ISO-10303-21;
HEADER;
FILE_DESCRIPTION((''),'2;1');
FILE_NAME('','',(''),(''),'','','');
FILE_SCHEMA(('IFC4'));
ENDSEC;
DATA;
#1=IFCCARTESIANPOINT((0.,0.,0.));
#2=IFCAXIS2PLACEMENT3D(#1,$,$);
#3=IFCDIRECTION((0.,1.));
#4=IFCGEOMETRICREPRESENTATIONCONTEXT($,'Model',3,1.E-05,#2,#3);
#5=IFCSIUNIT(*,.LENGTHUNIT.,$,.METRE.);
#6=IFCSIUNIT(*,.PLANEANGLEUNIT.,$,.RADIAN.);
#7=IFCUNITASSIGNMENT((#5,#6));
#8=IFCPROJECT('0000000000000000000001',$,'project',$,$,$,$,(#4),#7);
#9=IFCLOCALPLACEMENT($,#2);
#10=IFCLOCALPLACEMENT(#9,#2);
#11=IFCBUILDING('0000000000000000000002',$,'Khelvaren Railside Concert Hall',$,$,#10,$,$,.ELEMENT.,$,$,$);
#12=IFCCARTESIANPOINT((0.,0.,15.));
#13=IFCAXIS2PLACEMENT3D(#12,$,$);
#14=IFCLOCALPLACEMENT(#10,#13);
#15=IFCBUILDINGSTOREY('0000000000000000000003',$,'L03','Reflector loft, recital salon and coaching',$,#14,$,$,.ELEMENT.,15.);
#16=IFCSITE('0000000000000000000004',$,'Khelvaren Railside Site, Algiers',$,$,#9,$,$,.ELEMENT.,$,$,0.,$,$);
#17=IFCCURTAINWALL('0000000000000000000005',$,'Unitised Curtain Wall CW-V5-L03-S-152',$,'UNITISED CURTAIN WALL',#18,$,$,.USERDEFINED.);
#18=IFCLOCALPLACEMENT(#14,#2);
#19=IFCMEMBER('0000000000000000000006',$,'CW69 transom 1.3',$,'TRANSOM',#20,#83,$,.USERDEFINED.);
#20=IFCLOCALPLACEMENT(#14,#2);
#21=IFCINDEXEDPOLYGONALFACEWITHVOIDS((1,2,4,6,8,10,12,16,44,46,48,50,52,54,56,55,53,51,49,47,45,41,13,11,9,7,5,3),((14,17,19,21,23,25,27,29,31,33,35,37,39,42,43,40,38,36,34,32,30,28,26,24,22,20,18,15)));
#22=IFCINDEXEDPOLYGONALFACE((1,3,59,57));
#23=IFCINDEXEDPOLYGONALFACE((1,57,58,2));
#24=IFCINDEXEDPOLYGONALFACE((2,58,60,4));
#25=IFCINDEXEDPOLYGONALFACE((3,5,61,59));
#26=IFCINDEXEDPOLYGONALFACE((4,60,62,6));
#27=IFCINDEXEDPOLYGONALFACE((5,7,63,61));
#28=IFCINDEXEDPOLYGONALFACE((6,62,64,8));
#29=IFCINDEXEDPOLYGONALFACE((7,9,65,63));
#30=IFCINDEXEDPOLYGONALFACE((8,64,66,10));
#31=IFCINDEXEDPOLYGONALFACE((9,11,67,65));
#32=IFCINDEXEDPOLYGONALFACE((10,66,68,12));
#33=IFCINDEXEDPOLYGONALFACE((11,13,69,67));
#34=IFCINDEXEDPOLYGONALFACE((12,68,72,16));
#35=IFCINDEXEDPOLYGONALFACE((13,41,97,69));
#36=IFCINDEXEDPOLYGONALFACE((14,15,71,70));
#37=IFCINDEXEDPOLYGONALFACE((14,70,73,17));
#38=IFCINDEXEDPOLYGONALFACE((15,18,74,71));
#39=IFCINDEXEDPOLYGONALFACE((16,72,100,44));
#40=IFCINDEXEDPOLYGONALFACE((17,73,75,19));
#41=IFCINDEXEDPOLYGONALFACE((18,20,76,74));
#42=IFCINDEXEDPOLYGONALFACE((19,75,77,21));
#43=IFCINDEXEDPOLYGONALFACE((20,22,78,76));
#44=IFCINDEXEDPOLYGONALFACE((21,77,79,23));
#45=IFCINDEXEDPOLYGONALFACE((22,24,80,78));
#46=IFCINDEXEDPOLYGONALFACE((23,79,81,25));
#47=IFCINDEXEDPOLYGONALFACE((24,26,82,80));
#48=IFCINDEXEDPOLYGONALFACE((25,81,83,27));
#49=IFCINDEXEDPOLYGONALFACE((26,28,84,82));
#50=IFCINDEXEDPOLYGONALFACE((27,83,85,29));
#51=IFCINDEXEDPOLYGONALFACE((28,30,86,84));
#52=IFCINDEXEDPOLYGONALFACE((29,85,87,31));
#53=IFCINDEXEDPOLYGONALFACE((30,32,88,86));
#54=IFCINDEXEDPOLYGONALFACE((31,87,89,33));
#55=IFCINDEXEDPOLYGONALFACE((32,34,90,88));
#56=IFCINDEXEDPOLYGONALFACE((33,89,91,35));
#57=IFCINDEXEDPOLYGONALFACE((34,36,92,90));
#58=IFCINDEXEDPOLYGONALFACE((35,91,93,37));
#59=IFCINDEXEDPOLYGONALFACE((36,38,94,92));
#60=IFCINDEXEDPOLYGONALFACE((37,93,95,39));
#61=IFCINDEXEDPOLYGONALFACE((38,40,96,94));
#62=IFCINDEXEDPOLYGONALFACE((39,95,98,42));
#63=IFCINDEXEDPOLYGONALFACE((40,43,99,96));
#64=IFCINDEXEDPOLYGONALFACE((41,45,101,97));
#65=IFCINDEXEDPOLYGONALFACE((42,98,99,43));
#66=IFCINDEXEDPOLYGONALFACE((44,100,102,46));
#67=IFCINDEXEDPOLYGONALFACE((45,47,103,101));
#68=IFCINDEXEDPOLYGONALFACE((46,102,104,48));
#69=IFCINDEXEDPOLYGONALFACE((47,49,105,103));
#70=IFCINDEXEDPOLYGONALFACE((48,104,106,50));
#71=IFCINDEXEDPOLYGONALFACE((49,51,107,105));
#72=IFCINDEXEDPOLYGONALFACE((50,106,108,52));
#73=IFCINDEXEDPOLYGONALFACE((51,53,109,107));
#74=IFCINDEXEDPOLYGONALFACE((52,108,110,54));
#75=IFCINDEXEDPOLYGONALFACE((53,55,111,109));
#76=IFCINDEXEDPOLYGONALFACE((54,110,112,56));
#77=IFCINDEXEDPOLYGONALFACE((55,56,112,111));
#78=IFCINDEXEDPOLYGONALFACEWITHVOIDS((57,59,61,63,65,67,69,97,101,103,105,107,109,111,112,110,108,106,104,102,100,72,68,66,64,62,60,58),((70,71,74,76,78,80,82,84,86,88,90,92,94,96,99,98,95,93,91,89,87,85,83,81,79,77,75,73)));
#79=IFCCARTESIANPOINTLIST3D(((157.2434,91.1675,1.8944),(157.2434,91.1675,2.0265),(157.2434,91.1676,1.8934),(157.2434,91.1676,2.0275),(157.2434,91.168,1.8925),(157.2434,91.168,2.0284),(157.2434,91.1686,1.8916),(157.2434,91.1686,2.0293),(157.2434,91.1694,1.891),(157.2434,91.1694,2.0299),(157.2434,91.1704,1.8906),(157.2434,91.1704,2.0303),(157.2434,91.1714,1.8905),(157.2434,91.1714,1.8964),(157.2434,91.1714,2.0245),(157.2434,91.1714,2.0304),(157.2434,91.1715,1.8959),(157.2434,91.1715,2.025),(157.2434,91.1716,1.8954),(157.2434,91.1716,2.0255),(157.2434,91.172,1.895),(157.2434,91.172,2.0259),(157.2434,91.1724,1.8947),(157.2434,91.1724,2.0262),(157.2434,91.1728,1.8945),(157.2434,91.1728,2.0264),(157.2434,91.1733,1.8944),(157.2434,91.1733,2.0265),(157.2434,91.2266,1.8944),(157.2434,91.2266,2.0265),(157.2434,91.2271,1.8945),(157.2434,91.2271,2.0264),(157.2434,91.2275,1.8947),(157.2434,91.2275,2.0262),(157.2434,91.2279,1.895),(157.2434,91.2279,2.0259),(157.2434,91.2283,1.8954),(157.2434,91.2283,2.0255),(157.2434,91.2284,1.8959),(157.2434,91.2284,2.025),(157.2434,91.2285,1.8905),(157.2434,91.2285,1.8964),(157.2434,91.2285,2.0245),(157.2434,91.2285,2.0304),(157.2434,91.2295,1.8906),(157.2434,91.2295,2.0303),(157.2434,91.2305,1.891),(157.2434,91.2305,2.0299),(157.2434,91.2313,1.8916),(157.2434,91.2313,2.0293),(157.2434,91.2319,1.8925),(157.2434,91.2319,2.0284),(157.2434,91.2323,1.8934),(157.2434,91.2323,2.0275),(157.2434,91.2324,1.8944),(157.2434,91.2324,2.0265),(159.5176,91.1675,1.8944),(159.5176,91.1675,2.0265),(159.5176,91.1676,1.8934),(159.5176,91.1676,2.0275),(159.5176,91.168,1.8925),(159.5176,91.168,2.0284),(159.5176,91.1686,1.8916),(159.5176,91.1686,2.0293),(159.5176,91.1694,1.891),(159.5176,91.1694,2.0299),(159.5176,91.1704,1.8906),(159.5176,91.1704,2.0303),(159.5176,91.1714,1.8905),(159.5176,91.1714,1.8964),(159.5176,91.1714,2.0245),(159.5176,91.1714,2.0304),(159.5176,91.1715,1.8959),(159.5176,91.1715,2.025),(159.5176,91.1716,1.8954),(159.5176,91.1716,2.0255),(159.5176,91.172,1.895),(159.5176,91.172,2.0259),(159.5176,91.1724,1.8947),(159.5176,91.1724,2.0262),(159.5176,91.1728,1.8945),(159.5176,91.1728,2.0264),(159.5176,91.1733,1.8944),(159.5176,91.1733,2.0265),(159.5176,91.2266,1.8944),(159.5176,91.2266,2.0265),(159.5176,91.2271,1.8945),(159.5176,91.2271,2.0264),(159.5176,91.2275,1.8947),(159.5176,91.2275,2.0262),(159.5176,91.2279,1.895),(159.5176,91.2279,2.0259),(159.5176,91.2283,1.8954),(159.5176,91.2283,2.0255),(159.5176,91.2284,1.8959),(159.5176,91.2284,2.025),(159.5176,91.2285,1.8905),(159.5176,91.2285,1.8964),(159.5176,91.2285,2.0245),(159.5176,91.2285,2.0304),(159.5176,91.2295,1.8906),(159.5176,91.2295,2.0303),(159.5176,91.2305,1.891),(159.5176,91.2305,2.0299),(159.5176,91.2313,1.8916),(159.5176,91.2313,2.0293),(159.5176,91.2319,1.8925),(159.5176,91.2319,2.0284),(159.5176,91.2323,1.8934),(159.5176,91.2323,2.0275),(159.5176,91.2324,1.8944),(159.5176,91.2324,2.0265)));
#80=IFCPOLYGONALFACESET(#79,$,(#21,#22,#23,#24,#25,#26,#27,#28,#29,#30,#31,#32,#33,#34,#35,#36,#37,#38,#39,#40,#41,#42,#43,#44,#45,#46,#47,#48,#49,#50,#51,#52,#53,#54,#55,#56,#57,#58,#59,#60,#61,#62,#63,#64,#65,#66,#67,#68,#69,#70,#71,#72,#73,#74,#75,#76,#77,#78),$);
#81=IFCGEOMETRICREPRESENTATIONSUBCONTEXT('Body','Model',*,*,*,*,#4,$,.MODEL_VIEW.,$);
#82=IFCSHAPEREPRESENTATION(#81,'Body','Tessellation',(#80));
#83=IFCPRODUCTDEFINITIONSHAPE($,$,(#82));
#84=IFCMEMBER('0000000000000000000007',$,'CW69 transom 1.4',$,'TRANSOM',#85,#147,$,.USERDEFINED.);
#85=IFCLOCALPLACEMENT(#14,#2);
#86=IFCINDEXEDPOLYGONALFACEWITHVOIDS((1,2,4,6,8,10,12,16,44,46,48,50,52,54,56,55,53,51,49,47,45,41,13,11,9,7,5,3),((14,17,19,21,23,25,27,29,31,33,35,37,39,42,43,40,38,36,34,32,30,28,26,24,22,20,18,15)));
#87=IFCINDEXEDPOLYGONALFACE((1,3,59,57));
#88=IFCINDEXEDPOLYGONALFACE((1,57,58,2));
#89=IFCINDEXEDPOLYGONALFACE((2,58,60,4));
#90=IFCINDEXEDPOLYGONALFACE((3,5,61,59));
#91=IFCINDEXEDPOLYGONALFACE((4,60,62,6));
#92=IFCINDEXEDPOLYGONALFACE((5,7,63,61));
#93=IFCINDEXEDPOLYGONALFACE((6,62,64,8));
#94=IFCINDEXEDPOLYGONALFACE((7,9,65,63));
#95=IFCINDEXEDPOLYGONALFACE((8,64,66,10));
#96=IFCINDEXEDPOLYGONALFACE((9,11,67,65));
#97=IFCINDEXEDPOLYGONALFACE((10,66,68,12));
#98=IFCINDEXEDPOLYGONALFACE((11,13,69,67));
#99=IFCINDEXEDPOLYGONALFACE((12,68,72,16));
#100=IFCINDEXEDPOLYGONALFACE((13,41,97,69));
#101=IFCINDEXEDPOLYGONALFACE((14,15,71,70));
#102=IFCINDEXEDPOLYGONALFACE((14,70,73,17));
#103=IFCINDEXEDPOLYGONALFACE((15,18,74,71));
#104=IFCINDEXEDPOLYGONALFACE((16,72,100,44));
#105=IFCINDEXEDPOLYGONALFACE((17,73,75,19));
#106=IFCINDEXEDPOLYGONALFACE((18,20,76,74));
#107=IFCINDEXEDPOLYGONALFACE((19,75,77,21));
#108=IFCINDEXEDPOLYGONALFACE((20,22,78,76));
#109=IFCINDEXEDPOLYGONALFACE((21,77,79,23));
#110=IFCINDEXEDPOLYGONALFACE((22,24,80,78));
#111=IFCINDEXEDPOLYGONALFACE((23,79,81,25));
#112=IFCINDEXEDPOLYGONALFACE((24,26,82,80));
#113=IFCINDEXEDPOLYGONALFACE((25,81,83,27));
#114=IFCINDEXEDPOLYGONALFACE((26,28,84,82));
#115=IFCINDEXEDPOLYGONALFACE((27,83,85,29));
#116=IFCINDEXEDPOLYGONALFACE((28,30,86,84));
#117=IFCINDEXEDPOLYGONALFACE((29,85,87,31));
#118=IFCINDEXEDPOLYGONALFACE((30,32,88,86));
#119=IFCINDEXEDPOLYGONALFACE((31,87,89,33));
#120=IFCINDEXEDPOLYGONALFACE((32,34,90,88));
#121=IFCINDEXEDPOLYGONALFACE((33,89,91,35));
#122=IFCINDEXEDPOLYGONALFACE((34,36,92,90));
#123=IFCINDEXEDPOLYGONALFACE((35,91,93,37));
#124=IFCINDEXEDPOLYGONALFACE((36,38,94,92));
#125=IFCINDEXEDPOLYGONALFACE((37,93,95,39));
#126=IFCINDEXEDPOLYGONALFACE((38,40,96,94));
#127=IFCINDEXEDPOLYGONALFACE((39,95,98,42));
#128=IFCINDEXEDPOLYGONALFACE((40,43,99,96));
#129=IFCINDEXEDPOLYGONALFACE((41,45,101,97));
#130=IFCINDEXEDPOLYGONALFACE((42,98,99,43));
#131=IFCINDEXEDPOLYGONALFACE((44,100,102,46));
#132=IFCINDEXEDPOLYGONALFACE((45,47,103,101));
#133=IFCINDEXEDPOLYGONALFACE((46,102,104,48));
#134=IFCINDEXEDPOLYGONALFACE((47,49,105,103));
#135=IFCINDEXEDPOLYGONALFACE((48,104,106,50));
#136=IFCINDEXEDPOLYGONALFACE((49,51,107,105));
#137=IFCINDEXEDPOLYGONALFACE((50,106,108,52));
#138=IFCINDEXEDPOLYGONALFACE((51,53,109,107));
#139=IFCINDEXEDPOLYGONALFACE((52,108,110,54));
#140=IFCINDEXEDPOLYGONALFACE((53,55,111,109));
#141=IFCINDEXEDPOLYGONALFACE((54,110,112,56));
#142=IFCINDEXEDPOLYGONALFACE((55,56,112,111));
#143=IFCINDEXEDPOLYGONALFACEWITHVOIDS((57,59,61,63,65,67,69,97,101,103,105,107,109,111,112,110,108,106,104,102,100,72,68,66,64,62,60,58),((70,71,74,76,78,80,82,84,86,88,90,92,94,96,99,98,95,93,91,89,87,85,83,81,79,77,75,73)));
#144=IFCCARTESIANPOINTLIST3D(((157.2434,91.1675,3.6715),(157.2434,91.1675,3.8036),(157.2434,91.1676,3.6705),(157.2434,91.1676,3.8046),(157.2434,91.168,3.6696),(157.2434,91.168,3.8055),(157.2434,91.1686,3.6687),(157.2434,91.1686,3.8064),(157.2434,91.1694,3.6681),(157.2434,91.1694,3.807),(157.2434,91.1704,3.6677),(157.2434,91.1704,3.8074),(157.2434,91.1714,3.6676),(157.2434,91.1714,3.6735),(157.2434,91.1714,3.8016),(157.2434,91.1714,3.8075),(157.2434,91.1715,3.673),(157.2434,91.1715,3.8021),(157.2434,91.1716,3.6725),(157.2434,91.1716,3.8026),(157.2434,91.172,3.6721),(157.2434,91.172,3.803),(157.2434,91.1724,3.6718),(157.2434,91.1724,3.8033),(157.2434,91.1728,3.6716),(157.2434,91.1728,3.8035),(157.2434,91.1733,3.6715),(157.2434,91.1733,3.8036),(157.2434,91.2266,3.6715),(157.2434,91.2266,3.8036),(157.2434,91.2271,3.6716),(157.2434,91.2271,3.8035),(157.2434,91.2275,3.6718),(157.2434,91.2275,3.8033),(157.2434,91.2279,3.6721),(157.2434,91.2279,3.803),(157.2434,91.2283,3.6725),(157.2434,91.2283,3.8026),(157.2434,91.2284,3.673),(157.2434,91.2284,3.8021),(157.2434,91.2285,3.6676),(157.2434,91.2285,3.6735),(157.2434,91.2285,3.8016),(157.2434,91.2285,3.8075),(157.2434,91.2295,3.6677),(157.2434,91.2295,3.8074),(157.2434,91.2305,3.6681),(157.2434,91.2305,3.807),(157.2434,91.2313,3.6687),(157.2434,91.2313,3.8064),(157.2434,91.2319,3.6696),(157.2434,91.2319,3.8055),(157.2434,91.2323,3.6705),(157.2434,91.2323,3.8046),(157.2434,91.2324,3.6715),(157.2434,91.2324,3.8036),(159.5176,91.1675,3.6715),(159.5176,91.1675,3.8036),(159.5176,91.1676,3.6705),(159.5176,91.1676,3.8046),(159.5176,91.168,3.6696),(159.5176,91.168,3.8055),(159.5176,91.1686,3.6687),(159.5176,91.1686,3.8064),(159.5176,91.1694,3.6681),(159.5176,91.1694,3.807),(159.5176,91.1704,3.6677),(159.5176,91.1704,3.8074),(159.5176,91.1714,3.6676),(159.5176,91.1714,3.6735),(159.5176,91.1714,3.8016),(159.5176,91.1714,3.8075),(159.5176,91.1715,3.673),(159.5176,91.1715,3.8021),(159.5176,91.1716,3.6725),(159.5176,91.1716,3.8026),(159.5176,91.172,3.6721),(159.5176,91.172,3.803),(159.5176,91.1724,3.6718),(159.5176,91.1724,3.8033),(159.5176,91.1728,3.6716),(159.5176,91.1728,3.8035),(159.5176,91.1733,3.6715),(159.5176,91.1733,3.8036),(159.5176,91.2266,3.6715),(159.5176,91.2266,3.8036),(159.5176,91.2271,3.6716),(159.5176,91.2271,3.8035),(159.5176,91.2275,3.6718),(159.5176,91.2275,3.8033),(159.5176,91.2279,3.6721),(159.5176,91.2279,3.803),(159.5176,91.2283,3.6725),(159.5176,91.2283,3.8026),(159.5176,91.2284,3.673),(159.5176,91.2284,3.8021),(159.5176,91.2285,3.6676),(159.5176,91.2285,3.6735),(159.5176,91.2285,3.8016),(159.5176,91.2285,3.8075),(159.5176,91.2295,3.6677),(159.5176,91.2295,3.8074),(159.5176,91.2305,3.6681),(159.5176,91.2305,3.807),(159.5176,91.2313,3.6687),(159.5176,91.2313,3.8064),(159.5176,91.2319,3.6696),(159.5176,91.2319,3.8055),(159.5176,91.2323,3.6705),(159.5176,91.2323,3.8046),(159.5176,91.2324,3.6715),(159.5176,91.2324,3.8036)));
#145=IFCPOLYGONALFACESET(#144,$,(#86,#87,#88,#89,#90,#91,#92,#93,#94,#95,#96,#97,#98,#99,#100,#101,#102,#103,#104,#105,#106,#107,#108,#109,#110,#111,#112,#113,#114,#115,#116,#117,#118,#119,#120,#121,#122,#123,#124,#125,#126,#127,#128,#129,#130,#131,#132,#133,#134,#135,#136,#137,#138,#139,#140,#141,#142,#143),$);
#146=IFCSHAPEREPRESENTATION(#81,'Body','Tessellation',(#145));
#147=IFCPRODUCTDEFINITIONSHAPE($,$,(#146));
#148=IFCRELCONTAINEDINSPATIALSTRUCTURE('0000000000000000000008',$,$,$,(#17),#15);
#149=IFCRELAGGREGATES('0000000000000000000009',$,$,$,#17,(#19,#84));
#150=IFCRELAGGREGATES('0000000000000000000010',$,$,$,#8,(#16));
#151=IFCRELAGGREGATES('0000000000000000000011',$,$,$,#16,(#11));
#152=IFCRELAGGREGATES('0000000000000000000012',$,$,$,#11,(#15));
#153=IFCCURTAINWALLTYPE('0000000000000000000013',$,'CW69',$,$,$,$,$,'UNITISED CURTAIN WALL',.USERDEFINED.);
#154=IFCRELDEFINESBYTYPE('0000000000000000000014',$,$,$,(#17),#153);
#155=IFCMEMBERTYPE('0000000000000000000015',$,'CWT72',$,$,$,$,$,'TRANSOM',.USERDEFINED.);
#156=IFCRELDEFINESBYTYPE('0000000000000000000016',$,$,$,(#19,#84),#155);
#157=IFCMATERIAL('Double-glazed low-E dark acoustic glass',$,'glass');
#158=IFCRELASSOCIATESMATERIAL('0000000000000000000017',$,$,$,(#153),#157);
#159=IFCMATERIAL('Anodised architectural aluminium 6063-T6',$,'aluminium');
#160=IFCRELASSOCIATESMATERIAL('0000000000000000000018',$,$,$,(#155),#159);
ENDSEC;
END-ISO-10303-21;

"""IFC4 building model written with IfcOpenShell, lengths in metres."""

from ifc_helpers import new_model, si_unit, direction, frame, origin, origin_2d, place, context, subcontext, project, spatial, hollow_rectangle, extrude, material, material_profile, profile_set, type_object, element, aggregate, save


model = new_model("IFC4")

# Units and contexts
model_context = context("Model", 3, precision=1e-05, world=origin(), true_north=direction((0.0, 1.0)))
body_context = subcontext(model_context, "Body", "Model", "MODEL_VIEW")
ifc_project = project(units=[si_unit("LENGTHUNIT", "METRE"), si_unit("PLANEANGLEUNIT", "RADIAN")], contexts=[model_context])

# Site, building, storey
site_placement = place(None, origin())
site = spatial("IfcSite", under=ifc_project, at=site_placement, Name="Khelvaren Railside Site, Algiers", CompositionType="ELEMENT", RefElevation=0.0)
building_placement = place(site_placement, origin())
building = spatial("IfcBuilding", under=site, at=building_placement, Name="Khelvaren Railside Concert Hall", CompositionType="ELEMENT")
storey_placement = place(building_placement, frame((0.0, 0.0, 15.0)))
storey = spatial("IfcBuildingStorey", under=building, at=storey_placement, Name="L03", Description="Reflector loft, recital salon and coaching", CompositionType="ELEMENT", Elevation=15.0)

# Shared definitions
ifc_material_1 = material(Name="Double-glazed low-E dark acoustic glass", Category="glass")
ifc_material_2 = material(Name="Anodised architectural aluminium 6063-T6", Category="aluminium")

# Curtain wall
curtain_wall_type_1 = type_object("IfcCurtainWallType", Name="CW69", ElementType="UNITISED CURTAIN WALL", PredefinedType="USERDEFINED", material=ifc_material_1)
curtain_wall_1_placement = place(storey_placement, origin())
curtain_wall_1 = element("IfcCurtainWall", 1, at=curtain_wall_1_placement, inside=storey, type_object=curtain_wall_type_1, Name="Unitised Curtain Wall CW-V5-L03-S-152", ObjectType="UNITISED CURTAIN WALL", PredefinedType="USERDEFINED")

# Members
ifc_material_profile_1 = material_profile(ifc_material_2, hollow_rectangle(XDim=0.0649, YDim=0.1399, WallThickness=0.0039, InnerFilletRadius=0.002, OuterFilletRadius=0.0039, at=origin_2d()), Name="CWT 65x140x4")
ifc_profile_set_1 = profile_set([ifc_material_profile_1], Name="Anodised architectural aluminium 6063-T6")
member_type_1 = type_object("IfcMemberType", Name="CWT72", ElementType="TRANSOM", PredefinedType="USERDEFINED", material=ifc_profile_set_1)
member_1_placement = place(storey_placement, frame((159.5176, 91.2, 1.9604), z_axis=(-1.0, 0.0, 0.0), x_axis=(0.0, -1.0, 0.0)))
member_1 = element("IfcMember", 2, at=member_1_placement, type_object=member_type_1, Name="CW69 transom 1.3", ObjectType="TRANSOM", PredefinedType="USERDEFINED", context=body_context, shape_type="SweptSolid", body=[
    extrude(hollow_rectangle(XDim=0.0649, YDim=0.1399, WallThickness=0.0039, InnerFilletRadius=0.002, OuterFilletRadius=0.0039, at=origin_2d()), origin(), (0.0, 0.0, 1.0), 2.2742),
])
member_2_placement = place(storey_placement, frame((159.5176, 91.2, 3.7375), z_axis=(-1.0, 0.0, 0.0), x_axis=(0.0, -1.0, 0.0)))
member_2 = element("IfcMember", 3, at=member_2_placement, type_object=member_type_1, Name="CW69 transom 1.4", ObjectType="TRANSOM", PredefinedType="USERDEFINED", context=body_context, shape_type="SweptSolid", body=[
    extrude(hollow_rectangle(XDim=0.0649, YDim=0.1399, WallThickness=0.0039, InnerFilletRadius=0.002, OuterFilletRadius=0.0039, at=origin_2d()), origin(), (0.0, 0.0, 1.0), 2.2742),
])

aggregate(curtain_wall_1, [member_1, member_2])

save(model, "model.ifc")
